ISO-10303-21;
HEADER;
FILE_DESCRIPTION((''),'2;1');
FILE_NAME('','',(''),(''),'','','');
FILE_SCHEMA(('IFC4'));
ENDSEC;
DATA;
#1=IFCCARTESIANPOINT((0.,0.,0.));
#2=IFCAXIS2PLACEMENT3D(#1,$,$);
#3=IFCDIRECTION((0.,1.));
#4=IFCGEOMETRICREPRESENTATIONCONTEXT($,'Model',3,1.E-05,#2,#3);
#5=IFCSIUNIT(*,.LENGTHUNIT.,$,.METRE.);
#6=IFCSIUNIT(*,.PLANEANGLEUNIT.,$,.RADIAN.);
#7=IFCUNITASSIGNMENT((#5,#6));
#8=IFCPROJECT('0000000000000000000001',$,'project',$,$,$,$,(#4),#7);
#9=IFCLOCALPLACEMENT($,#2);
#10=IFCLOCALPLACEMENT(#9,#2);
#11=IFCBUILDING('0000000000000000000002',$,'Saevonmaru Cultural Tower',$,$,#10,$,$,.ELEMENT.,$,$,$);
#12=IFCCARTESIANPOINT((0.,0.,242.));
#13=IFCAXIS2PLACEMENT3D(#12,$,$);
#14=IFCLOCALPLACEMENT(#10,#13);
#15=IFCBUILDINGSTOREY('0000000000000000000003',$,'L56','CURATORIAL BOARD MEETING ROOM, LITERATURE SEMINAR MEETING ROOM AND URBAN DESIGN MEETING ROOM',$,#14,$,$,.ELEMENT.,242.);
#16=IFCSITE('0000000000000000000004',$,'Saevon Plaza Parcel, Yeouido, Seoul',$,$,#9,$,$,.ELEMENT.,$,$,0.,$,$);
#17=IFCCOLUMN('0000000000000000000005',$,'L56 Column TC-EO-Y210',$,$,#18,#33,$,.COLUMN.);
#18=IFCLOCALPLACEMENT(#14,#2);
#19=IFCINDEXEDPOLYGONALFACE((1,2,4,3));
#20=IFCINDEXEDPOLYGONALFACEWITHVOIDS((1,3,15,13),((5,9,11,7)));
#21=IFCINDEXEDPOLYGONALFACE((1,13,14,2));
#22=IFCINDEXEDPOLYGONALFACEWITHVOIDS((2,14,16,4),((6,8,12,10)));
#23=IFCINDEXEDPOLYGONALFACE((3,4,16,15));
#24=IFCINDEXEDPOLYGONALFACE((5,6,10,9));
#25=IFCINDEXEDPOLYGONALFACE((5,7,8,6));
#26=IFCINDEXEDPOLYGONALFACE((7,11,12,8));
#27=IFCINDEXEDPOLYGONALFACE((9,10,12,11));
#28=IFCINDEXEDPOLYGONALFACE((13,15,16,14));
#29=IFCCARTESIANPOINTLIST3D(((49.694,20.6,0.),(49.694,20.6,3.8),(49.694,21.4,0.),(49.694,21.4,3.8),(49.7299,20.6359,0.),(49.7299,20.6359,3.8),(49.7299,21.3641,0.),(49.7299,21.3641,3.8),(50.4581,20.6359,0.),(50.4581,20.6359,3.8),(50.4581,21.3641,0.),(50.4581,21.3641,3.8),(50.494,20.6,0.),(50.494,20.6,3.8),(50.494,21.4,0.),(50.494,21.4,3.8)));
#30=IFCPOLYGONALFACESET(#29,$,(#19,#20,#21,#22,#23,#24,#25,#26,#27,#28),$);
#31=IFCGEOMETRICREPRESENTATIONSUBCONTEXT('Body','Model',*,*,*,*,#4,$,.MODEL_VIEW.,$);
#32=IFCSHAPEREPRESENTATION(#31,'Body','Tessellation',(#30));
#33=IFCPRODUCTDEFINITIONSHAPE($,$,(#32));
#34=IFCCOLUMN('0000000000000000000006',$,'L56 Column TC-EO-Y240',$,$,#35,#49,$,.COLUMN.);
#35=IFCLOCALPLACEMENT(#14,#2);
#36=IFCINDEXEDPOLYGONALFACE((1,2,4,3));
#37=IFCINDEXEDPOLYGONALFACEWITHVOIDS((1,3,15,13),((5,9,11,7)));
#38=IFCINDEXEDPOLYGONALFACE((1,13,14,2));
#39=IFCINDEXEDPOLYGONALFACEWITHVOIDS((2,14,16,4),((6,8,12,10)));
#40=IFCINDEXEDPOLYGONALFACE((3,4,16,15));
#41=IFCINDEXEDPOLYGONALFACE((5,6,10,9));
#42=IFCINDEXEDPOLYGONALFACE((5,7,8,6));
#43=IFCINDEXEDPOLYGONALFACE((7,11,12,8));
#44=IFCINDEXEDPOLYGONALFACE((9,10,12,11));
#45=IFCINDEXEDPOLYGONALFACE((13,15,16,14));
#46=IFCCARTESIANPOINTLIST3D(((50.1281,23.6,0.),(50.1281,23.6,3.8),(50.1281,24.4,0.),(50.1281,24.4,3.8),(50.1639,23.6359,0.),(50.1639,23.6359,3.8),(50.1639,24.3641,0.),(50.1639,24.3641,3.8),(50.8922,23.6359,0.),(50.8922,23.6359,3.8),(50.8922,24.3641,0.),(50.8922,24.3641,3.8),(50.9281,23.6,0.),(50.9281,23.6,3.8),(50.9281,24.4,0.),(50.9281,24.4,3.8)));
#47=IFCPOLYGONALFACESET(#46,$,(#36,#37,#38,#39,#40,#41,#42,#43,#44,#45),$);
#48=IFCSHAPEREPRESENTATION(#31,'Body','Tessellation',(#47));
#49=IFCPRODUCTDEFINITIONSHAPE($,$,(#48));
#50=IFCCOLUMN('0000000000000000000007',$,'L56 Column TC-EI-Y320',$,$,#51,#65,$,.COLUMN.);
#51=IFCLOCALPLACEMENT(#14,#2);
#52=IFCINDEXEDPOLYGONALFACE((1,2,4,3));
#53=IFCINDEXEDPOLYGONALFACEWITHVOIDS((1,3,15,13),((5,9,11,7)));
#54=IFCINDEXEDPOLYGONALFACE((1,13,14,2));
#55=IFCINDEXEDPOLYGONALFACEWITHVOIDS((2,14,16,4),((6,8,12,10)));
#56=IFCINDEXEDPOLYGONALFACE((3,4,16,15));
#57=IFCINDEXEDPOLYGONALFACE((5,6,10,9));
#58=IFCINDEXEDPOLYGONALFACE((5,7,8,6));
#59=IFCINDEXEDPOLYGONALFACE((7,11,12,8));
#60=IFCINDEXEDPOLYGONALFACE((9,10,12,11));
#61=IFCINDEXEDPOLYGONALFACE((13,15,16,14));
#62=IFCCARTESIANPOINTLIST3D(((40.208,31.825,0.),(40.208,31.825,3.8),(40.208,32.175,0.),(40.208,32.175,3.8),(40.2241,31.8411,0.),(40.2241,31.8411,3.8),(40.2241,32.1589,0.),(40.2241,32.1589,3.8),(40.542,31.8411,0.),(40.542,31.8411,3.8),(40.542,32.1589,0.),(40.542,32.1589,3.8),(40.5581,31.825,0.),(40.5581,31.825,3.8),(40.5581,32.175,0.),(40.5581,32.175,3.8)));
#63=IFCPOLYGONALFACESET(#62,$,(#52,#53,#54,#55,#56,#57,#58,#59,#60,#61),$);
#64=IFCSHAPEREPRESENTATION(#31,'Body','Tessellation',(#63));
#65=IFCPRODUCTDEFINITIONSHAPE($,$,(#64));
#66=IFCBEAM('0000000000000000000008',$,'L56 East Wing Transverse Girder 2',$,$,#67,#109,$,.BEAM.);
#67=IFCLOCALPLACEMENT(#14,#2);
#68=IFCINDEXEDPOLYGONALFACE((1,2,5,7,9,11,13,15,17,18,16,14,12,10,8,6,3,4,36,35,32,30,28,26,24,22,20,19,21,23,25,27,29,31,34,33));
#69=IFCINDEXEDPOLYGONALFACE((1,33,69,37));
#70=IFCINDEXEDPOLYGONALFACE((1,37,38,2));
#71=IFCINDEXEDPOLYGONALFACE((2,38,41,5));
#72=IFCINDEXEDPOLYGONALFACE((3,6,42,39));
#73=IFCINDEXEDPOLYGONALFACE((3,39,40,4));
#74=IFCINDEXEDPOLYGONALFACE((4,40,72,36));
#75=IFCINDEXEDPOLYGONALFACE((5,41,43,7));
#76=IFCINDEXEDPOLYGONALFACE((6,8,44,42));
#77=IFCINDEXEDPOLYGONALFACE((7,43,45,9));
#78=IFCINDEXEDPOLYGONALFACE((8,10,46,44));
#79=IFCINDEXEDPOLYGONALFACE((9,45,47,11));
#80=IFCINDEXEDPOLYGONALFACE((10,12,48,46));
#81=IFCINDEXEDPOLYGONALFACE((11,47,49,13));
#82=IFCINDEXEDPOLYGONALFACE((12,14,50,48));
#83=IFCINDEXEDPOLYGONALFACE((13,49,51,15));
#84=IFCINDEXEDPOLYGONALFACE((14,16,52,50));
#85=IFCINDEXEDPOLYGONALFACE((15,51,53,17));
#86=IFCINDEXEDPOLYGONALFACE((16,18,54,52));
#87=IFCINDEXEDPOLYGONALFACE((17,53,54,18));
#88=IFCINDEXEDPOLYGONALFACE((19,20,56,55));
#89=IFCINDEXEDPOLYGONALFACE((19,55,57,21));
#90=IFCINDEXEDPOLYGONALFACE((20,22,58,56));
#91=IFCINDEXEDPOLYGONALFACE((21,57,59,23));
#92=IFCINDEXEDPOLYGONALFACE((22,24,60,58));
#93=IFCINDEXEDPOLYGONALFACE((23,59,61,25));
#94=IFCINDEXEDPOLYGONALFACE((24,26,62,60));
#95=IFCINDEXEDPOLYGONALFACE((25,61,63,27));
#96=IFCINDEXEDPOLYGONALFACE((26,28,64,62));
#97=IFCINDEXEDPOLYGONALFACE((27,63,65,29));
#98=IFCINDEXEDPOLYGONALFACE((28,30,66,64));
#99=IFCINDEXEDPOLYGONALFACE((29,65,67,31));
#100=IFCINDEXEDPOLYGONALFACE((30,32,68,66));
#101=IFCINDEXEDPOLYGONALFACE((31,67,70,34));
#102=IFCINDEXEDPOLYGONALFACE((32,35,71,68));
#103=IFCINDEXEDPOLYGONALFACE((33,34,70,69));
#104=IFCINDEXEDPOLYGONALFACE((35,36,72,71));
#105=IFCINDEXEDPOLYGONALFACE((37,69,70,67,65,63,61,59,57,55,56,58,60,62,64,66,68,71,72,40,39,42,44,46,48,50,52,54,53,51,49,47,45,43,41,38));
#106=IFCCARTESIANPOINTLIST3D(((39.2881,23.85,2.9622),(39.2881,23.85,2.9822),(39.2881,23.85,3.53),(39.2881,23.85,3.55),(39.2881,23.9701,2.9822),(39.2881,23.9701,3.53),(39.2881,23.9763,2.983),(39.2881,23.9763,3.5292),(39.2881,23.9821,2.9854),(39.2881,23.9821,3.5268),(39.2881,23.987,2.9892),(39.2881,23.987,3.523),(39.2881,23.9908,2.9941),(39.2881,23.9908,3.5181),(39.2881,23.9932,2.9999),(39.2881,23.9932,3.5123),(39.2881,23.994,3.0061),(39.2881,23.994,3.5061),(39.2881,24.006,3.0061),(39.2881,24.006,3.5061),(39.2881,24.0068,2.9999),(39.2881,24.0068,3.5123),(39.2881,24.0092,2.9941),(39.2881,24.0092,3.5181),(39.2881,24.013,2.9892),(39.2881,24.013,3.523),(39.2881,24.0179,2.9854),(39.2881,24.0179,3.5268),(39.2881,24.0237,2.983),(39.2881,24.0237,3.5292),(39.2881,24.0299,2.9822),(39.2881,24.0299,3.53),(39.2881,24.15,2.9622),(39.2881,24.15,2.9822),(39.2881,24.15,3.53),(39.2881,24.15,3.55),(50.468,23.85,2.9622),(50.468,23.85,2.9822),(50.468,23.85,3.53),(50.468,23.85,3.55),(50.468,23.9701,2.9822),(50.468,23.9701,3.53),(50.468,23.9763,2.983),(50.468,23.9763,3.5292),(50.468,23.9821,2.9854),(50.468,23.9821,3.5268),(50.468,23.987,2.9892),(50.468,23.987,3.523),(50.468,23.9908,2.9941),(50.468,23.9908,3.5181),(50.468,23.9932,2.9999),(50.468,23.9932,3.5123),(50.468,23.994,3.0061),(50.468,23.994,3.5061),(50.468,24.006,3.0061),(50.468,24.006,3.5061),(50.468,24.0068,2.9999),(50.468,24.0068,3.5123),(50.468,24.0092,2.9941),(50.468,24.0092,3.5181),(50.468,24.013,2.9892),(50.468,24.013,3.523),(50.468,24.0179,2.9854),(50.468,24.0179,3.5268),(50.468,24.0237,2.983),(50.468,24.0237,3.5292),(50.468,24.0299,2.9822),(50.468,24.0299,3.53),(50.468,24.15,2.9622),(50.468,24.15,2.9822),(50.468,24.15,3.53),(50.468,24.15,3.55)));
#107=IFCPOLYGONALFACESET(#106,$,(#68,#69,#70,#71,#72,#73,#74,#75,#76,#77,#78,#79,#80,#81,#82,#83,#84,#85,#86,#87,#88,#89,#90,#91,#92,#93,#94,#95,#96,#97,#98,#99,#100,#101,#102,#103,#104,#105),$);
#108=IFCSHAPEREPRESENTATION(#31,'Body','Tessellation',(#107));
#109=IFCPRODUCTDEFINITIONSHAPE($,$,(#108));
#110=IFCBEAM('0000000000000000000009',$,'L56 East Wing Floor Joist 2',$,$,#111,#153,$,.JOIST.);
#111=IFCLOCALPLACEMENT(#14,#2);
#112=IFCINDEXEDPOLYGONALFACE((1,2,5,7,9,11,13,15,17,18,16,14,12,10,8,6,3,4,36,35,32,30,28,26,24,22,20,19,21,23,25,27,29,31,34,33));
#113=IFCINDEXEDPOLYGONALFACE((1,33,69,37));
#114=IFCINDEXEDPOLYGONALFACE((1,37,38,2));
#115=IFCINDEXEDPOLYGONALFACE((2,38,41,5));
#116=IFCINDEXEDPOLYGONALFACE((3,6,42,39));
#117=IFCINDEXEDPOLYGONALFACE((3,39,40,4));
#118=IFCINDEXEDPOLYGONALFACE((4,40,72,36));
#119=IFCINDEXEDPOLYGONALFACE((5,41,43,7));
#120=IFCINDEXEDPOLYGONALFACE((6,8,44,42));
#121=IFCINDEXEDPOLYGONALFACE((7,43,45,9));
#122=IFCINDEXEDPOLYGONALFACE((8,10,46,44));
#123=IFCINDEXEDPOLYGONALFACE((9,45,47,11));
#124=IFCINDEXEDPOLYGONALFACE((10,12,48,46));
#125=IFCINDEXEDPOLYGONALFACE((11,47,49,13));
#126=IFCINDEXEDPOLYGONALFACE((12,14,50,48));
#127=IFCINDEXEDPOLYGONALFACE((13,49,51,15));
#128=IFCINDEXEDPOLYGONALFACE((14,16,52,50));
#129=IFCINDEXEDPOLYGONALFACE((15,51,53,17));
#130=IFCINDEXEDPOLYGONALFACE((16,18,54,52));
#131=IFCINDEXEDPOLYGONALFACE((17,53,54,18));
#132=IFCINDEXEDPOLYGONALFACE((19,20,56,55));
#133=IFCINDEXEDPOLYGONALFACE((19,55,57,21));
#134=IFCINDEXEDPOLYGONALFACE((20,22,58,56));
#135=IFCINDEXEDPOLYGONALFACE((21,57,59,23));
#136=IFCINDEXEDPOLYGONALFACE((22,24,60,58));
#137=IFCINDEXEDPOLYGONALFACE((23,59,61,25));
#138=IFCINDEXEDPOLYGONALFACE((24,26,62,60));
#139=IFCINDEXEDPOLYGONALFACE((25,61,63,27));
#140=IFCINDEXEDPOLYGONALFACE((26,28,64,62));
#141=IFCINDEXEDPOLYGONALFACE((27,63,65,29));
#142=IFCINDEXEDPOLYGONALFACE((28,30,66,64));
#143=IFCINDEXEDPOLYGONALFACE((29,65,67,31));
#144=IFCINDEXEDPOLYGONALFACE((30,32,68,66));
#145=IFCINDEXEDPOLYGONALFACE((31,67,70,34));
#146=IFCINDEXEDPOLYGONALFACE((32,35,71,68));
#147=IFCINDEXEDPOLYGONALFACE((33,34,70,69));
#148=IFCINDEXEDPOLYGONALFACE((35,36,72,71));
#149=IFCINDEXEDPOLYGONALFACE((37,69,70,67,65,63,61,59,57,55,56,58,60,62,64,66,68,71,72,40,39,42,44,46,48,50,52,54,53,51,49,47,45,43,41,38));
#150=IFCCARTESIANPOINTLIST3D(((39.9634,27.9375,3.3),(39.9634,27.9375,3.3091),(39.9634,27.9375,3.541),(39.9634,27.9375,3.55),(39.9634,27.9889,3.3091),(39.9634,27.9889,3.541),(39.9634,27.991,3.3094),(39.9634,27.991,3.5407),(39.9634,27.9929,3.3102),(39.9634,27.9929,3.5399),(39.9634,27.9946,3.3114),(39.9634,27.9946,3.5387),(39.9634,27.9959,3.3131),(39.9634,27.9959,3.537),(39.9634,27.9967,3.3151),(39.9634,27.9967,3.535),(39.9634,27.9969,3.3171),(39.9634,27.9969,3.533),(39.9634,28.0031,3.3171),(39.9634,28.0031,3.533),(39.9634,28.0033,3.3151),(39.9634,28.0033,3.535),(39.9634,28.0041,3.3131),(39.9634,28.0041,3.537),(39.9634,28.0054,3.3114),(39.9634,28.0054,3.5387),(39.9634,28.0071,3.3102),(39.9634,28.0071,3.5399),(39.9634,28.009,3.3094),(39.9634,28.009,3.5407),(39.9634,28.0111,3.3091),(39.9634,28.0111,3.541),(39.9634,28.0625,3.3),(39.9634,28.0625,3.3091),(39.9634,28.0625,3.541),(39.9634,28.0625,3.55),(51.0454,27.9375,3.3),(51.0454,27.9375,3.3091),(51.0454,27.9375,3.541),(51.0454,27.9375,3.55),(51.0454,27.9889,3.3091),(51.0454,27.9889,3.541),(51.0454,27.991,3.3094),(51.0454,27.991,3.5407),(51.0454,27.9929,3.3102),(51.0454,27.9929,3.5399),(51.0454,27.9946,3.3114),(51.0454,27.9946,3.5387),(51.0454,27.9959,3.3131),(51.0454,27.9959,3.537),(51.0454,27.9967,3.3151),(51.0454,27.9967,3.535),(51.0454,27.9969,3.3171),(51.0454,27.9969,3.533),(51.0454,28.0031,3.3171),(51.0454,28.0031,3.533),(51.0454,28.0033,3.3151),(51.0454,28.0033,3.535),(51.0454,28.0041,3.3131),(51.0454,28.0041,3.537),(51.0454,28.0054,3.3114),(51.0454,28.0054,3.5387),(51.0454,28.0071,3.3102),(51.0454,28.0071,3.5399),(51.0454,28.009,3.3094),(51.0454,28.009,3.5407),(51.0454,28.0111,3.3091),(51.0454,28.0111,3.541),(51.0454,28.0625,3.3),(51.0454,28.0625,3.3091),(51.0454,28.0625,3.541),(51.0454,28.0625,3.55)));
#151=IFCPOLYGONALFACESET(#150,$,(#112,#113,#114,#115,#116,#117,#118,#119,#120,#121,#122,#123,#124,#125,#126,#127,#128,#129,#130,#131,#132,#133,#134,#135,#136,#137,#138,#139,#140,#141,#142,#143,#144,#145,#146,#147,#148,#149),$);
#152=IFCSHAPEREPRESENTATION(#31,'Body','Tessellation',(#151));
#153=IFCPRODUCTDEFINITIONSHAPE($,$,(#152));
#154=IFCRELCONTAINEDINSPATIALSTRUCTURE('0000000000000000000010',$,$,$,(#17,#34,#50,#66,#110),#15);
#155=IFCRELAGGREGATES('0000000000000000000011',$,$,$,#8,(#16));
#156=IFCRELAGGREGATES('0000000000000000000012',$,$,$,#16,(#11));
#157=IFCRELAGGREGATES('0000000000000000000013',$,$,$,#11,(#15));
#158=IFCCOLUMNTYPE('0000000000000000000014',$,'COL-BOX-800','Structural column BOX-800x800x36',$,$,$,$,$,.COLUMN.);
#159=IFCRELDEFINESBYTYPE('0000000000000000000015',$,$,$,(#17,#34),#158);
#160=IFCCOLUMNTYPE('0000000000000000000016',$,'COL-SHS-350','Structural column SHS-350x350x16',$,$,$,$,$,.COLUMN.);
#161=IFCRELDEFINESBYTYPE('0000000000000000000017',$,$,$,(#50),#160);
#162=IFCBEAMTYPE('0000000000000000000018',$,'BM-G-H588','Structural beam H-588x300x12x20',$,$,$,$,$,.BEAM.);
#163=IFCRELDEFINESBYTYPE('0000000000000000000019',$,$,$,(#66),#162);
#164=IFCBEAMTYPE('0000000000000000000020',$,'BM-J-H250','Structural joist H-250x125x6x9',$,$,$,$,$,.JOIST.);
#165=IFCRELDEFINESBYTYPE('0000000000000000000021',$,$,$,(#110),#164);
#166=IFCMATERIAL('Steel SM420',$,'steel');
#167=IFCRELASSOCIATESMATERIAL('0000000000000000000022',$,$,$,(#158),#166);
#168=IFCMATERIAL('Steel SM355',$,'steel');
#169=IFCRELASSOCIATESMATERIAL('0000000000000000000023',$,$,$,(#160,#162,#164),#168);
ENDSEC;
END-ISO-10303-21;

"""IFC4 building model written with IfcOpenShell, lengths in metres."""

from ifc_helpers import new_model, si_unit, direction, frame, origin, origin_2d, place, context, subcontext, project, spatial, hollow_rectangle, i_section, extrude, material, material_profile, profile_set, type_object, element, save


model = new_model("IFC4")

# Units and contexts
model_context = context("Model", 3, precision=1e-05, world=origin(), true_north=direction((0.0, 1.0)))
body_context = subcontext(model_context, "Body", "Model", "MODEL_VIEW")
ifc_project = project(units=[si_unit("LENGTHUNIT", "METRE"), si_unit("PLANEANGLEUNIT", "RADIAN")], contexts=[model_context])

# Site, building, storey
site_placement = place(None, origin())
site = spatial("IfcSite", under=ifc_project, at=site_placement, Name="Saevon Plaza Parcel, Yeouido, Seoul", CompositionType="ELEMENT", RefElevation=0.0)
building_placement = place(site_placement, origin())
building = spatial("IfcBuilding", under=site, at=building_placement, Name="Saevonmaru Cultural Tower", CompositionType="ELEMENT")
storey_placement = place(building_placement, frame((0.0, 0.0, 242.0)))
storey = spatial("IfcBuildingStorey", under=building, at=storey_placement, Name="L56", Description="CURATORIAL BOARD MEETING ROOM, LITERATURE SEMINAR MEETING ROOM AND URBAN DESIGN MEETING ROOM", CompositionType="ELEMENT", Elevation=242.0)

# Columns
ifc_material_1 = material(Name="Steel SM420", Category="steel")
ifc_material_profile_1 = material_profile(ifc_material_1, hollow_rectangle(XDim=0.8, YDim=0.8, WallThickness=0.0359, at=origin_2d()), Name="BOX-800x800x36")
ifc_profile_set_1 = profile_set([ifc_material_profile_1], Name="Steel SM420")
column_type_1 = type_object("IfcColumnType", Name="COL-BOX-800", Description="Structural column BOX-800x800x36", PredefinedType="COLUMN", material=ifc_profile_set_1)
for number, where, z_axis, x_axis, name in (
    (1, (50.094, 21.0, 0.0), (0.0, 0.0, 1.0), (1.0, 0.0, 0.0), "L56 Column TC-EO-Y210"),
    (2, (50.5281, 24.0, 0.0), (0.0, 0.0, 1.0), (1.0, 0.0, 0.0), "L56 Column TC-EO-Y240"),
):
    element("IfcColumn", number, at=place(storey_placement, frame(where, z_axis=z_axis, x_axis=x_axis)), inside=storey, type_object=column_type_1, Name=name, PredefinedType="COLUMN", context=body_context, shape_type="SweptSolid", body=[
        extrude(hollow_rectangle(XDim=0.8, YDim=0.8, WallThickness=0.0359, at=origin_2d()), origin(), (0.0, 0.0, 1.0), 3.8),
    ])
ifc_material_2 = material(Name="Steel SM355", Category="steel")
ifc_material_profile_2 = material_profile(ifc_material_2, hollow_rectangle(XDim=0.3501, YDim=0.3501, WallThickness=0.0161, at=origin_2d()), Name="SHS-350x350x16")
ifc_profile_set_2 = profile_set([ifc_material_profile_2], Name="Steel SM355")
column_type_2 = type_object("IfcColumnType", Name="COL-SHS-350", Description="Structural column SHS-350x350x16", PredefinedType="COLUMN", material=ifc_profile_set_2)
column_placement = place(storey_placement, frame((40.3831, 32.0, 0.0), z_axis=(0.0, 0.0, 1.0), x_axis=(1.0, 0.0, 0.0)))
element("IfcColumn", 3, at=column_placement, inside=storey, type_object=column_type_2, Name="L56 Column TC-EI-Y320", PredefinedType="COLUMN", context=body_context, shape_type="SweptSolid", body=[
    extrude(hollow_rectangle(XDim=0.3501, YDim=0.3501, WallThickness=0.0161, at=origin_2d()), origin(), (0.0, 0.0, 1.0), 3.8),
])

# Beams
ifc_material_profile_3 = material_profile(ifc_material_2, i_section(OverallWidth=0.3, OverallDepth=0.5879, WebThickness=0.012, FlangeThickness=0.02, FilletRadius=0.0239, at=origin_2d()), Name="H-588x300x12x20")
ifc_profile_set_3 = profile_set([ifc_material_profile_3], Name="Steel SM355")
beam_type_1 = type_object("IfcBeamType", Name="BM-G-H588", Description="Structural beam H-588x300x12x20", PredefinedType="BEAM", material=ifc_profile_set_3)
beam_1_placement = place(storey_placement, frame((39.2881, 24.0, 3.2561), z_axis=(1.0, 0.0, 0.0), x_axis=(0.0, 1.0, 0.0)))
element("IfcBeam", 4, at=beam_1_placement, inside=storey, type_object=beam_type_1, Name="L56 East Wing Transverse Girder 2", PredefinedType="BEAM", context=body_context, shape_type="SweptSolid", body=[
    extrude(i_section(OverallWidth=0.3, OverallDepth=0.5879, WebThickness=0.012, FlangeThickness=0.02, FilletRadius=0.0239, at=origin_2d()), origin(), (0.0, 0.0, 1.0), 11.1799),
])
ifc_material_profile_4 = material_profile(ifc_material_2, i_section(OverallWidth=0.125, OverallDepth=0.25, WebThickness=0.0061, FlangeThickness=0.009, FilletRadius=0.0081, at=origin_2d()), Name="H-250x125x6x9")
ifc_profile_set_4 = profile_set([ifc_material_profile_4], Name="Steel SM355")
beam_type_2 = type_object("IfcBeamType", Name="BM-J-H250", Description="Structural joist H-250x125x6x9", PredefinedType="JOIST", material=ifc_profile_set_4)
beam_2_placement = place(storey_placement, frame((39.9634, 28.0, 3.425), z_axis=(1.0, 0.0, 0.0), x_axis=(0.0, 1.0, 0.0)))
element("IfcBeam", 5, at=beam_2_placement, inside=storey, type_object=beam_type_2, Name="L56 East Wing Floor Joist 2", PredefinedType="JOIST", context=body_context, shape_type="SweptSolid", body=[
    extrude(i_section(OverallWidth=0.125, OverallDepth=0.25, WebThickness=0.0061, FlangeThickness=0.009, FilletRadius=0.0081, at=origin_2d()), origin(), (0.0, 0.0, 1.0), 11.082),
])

save(model, "model.ifc")
